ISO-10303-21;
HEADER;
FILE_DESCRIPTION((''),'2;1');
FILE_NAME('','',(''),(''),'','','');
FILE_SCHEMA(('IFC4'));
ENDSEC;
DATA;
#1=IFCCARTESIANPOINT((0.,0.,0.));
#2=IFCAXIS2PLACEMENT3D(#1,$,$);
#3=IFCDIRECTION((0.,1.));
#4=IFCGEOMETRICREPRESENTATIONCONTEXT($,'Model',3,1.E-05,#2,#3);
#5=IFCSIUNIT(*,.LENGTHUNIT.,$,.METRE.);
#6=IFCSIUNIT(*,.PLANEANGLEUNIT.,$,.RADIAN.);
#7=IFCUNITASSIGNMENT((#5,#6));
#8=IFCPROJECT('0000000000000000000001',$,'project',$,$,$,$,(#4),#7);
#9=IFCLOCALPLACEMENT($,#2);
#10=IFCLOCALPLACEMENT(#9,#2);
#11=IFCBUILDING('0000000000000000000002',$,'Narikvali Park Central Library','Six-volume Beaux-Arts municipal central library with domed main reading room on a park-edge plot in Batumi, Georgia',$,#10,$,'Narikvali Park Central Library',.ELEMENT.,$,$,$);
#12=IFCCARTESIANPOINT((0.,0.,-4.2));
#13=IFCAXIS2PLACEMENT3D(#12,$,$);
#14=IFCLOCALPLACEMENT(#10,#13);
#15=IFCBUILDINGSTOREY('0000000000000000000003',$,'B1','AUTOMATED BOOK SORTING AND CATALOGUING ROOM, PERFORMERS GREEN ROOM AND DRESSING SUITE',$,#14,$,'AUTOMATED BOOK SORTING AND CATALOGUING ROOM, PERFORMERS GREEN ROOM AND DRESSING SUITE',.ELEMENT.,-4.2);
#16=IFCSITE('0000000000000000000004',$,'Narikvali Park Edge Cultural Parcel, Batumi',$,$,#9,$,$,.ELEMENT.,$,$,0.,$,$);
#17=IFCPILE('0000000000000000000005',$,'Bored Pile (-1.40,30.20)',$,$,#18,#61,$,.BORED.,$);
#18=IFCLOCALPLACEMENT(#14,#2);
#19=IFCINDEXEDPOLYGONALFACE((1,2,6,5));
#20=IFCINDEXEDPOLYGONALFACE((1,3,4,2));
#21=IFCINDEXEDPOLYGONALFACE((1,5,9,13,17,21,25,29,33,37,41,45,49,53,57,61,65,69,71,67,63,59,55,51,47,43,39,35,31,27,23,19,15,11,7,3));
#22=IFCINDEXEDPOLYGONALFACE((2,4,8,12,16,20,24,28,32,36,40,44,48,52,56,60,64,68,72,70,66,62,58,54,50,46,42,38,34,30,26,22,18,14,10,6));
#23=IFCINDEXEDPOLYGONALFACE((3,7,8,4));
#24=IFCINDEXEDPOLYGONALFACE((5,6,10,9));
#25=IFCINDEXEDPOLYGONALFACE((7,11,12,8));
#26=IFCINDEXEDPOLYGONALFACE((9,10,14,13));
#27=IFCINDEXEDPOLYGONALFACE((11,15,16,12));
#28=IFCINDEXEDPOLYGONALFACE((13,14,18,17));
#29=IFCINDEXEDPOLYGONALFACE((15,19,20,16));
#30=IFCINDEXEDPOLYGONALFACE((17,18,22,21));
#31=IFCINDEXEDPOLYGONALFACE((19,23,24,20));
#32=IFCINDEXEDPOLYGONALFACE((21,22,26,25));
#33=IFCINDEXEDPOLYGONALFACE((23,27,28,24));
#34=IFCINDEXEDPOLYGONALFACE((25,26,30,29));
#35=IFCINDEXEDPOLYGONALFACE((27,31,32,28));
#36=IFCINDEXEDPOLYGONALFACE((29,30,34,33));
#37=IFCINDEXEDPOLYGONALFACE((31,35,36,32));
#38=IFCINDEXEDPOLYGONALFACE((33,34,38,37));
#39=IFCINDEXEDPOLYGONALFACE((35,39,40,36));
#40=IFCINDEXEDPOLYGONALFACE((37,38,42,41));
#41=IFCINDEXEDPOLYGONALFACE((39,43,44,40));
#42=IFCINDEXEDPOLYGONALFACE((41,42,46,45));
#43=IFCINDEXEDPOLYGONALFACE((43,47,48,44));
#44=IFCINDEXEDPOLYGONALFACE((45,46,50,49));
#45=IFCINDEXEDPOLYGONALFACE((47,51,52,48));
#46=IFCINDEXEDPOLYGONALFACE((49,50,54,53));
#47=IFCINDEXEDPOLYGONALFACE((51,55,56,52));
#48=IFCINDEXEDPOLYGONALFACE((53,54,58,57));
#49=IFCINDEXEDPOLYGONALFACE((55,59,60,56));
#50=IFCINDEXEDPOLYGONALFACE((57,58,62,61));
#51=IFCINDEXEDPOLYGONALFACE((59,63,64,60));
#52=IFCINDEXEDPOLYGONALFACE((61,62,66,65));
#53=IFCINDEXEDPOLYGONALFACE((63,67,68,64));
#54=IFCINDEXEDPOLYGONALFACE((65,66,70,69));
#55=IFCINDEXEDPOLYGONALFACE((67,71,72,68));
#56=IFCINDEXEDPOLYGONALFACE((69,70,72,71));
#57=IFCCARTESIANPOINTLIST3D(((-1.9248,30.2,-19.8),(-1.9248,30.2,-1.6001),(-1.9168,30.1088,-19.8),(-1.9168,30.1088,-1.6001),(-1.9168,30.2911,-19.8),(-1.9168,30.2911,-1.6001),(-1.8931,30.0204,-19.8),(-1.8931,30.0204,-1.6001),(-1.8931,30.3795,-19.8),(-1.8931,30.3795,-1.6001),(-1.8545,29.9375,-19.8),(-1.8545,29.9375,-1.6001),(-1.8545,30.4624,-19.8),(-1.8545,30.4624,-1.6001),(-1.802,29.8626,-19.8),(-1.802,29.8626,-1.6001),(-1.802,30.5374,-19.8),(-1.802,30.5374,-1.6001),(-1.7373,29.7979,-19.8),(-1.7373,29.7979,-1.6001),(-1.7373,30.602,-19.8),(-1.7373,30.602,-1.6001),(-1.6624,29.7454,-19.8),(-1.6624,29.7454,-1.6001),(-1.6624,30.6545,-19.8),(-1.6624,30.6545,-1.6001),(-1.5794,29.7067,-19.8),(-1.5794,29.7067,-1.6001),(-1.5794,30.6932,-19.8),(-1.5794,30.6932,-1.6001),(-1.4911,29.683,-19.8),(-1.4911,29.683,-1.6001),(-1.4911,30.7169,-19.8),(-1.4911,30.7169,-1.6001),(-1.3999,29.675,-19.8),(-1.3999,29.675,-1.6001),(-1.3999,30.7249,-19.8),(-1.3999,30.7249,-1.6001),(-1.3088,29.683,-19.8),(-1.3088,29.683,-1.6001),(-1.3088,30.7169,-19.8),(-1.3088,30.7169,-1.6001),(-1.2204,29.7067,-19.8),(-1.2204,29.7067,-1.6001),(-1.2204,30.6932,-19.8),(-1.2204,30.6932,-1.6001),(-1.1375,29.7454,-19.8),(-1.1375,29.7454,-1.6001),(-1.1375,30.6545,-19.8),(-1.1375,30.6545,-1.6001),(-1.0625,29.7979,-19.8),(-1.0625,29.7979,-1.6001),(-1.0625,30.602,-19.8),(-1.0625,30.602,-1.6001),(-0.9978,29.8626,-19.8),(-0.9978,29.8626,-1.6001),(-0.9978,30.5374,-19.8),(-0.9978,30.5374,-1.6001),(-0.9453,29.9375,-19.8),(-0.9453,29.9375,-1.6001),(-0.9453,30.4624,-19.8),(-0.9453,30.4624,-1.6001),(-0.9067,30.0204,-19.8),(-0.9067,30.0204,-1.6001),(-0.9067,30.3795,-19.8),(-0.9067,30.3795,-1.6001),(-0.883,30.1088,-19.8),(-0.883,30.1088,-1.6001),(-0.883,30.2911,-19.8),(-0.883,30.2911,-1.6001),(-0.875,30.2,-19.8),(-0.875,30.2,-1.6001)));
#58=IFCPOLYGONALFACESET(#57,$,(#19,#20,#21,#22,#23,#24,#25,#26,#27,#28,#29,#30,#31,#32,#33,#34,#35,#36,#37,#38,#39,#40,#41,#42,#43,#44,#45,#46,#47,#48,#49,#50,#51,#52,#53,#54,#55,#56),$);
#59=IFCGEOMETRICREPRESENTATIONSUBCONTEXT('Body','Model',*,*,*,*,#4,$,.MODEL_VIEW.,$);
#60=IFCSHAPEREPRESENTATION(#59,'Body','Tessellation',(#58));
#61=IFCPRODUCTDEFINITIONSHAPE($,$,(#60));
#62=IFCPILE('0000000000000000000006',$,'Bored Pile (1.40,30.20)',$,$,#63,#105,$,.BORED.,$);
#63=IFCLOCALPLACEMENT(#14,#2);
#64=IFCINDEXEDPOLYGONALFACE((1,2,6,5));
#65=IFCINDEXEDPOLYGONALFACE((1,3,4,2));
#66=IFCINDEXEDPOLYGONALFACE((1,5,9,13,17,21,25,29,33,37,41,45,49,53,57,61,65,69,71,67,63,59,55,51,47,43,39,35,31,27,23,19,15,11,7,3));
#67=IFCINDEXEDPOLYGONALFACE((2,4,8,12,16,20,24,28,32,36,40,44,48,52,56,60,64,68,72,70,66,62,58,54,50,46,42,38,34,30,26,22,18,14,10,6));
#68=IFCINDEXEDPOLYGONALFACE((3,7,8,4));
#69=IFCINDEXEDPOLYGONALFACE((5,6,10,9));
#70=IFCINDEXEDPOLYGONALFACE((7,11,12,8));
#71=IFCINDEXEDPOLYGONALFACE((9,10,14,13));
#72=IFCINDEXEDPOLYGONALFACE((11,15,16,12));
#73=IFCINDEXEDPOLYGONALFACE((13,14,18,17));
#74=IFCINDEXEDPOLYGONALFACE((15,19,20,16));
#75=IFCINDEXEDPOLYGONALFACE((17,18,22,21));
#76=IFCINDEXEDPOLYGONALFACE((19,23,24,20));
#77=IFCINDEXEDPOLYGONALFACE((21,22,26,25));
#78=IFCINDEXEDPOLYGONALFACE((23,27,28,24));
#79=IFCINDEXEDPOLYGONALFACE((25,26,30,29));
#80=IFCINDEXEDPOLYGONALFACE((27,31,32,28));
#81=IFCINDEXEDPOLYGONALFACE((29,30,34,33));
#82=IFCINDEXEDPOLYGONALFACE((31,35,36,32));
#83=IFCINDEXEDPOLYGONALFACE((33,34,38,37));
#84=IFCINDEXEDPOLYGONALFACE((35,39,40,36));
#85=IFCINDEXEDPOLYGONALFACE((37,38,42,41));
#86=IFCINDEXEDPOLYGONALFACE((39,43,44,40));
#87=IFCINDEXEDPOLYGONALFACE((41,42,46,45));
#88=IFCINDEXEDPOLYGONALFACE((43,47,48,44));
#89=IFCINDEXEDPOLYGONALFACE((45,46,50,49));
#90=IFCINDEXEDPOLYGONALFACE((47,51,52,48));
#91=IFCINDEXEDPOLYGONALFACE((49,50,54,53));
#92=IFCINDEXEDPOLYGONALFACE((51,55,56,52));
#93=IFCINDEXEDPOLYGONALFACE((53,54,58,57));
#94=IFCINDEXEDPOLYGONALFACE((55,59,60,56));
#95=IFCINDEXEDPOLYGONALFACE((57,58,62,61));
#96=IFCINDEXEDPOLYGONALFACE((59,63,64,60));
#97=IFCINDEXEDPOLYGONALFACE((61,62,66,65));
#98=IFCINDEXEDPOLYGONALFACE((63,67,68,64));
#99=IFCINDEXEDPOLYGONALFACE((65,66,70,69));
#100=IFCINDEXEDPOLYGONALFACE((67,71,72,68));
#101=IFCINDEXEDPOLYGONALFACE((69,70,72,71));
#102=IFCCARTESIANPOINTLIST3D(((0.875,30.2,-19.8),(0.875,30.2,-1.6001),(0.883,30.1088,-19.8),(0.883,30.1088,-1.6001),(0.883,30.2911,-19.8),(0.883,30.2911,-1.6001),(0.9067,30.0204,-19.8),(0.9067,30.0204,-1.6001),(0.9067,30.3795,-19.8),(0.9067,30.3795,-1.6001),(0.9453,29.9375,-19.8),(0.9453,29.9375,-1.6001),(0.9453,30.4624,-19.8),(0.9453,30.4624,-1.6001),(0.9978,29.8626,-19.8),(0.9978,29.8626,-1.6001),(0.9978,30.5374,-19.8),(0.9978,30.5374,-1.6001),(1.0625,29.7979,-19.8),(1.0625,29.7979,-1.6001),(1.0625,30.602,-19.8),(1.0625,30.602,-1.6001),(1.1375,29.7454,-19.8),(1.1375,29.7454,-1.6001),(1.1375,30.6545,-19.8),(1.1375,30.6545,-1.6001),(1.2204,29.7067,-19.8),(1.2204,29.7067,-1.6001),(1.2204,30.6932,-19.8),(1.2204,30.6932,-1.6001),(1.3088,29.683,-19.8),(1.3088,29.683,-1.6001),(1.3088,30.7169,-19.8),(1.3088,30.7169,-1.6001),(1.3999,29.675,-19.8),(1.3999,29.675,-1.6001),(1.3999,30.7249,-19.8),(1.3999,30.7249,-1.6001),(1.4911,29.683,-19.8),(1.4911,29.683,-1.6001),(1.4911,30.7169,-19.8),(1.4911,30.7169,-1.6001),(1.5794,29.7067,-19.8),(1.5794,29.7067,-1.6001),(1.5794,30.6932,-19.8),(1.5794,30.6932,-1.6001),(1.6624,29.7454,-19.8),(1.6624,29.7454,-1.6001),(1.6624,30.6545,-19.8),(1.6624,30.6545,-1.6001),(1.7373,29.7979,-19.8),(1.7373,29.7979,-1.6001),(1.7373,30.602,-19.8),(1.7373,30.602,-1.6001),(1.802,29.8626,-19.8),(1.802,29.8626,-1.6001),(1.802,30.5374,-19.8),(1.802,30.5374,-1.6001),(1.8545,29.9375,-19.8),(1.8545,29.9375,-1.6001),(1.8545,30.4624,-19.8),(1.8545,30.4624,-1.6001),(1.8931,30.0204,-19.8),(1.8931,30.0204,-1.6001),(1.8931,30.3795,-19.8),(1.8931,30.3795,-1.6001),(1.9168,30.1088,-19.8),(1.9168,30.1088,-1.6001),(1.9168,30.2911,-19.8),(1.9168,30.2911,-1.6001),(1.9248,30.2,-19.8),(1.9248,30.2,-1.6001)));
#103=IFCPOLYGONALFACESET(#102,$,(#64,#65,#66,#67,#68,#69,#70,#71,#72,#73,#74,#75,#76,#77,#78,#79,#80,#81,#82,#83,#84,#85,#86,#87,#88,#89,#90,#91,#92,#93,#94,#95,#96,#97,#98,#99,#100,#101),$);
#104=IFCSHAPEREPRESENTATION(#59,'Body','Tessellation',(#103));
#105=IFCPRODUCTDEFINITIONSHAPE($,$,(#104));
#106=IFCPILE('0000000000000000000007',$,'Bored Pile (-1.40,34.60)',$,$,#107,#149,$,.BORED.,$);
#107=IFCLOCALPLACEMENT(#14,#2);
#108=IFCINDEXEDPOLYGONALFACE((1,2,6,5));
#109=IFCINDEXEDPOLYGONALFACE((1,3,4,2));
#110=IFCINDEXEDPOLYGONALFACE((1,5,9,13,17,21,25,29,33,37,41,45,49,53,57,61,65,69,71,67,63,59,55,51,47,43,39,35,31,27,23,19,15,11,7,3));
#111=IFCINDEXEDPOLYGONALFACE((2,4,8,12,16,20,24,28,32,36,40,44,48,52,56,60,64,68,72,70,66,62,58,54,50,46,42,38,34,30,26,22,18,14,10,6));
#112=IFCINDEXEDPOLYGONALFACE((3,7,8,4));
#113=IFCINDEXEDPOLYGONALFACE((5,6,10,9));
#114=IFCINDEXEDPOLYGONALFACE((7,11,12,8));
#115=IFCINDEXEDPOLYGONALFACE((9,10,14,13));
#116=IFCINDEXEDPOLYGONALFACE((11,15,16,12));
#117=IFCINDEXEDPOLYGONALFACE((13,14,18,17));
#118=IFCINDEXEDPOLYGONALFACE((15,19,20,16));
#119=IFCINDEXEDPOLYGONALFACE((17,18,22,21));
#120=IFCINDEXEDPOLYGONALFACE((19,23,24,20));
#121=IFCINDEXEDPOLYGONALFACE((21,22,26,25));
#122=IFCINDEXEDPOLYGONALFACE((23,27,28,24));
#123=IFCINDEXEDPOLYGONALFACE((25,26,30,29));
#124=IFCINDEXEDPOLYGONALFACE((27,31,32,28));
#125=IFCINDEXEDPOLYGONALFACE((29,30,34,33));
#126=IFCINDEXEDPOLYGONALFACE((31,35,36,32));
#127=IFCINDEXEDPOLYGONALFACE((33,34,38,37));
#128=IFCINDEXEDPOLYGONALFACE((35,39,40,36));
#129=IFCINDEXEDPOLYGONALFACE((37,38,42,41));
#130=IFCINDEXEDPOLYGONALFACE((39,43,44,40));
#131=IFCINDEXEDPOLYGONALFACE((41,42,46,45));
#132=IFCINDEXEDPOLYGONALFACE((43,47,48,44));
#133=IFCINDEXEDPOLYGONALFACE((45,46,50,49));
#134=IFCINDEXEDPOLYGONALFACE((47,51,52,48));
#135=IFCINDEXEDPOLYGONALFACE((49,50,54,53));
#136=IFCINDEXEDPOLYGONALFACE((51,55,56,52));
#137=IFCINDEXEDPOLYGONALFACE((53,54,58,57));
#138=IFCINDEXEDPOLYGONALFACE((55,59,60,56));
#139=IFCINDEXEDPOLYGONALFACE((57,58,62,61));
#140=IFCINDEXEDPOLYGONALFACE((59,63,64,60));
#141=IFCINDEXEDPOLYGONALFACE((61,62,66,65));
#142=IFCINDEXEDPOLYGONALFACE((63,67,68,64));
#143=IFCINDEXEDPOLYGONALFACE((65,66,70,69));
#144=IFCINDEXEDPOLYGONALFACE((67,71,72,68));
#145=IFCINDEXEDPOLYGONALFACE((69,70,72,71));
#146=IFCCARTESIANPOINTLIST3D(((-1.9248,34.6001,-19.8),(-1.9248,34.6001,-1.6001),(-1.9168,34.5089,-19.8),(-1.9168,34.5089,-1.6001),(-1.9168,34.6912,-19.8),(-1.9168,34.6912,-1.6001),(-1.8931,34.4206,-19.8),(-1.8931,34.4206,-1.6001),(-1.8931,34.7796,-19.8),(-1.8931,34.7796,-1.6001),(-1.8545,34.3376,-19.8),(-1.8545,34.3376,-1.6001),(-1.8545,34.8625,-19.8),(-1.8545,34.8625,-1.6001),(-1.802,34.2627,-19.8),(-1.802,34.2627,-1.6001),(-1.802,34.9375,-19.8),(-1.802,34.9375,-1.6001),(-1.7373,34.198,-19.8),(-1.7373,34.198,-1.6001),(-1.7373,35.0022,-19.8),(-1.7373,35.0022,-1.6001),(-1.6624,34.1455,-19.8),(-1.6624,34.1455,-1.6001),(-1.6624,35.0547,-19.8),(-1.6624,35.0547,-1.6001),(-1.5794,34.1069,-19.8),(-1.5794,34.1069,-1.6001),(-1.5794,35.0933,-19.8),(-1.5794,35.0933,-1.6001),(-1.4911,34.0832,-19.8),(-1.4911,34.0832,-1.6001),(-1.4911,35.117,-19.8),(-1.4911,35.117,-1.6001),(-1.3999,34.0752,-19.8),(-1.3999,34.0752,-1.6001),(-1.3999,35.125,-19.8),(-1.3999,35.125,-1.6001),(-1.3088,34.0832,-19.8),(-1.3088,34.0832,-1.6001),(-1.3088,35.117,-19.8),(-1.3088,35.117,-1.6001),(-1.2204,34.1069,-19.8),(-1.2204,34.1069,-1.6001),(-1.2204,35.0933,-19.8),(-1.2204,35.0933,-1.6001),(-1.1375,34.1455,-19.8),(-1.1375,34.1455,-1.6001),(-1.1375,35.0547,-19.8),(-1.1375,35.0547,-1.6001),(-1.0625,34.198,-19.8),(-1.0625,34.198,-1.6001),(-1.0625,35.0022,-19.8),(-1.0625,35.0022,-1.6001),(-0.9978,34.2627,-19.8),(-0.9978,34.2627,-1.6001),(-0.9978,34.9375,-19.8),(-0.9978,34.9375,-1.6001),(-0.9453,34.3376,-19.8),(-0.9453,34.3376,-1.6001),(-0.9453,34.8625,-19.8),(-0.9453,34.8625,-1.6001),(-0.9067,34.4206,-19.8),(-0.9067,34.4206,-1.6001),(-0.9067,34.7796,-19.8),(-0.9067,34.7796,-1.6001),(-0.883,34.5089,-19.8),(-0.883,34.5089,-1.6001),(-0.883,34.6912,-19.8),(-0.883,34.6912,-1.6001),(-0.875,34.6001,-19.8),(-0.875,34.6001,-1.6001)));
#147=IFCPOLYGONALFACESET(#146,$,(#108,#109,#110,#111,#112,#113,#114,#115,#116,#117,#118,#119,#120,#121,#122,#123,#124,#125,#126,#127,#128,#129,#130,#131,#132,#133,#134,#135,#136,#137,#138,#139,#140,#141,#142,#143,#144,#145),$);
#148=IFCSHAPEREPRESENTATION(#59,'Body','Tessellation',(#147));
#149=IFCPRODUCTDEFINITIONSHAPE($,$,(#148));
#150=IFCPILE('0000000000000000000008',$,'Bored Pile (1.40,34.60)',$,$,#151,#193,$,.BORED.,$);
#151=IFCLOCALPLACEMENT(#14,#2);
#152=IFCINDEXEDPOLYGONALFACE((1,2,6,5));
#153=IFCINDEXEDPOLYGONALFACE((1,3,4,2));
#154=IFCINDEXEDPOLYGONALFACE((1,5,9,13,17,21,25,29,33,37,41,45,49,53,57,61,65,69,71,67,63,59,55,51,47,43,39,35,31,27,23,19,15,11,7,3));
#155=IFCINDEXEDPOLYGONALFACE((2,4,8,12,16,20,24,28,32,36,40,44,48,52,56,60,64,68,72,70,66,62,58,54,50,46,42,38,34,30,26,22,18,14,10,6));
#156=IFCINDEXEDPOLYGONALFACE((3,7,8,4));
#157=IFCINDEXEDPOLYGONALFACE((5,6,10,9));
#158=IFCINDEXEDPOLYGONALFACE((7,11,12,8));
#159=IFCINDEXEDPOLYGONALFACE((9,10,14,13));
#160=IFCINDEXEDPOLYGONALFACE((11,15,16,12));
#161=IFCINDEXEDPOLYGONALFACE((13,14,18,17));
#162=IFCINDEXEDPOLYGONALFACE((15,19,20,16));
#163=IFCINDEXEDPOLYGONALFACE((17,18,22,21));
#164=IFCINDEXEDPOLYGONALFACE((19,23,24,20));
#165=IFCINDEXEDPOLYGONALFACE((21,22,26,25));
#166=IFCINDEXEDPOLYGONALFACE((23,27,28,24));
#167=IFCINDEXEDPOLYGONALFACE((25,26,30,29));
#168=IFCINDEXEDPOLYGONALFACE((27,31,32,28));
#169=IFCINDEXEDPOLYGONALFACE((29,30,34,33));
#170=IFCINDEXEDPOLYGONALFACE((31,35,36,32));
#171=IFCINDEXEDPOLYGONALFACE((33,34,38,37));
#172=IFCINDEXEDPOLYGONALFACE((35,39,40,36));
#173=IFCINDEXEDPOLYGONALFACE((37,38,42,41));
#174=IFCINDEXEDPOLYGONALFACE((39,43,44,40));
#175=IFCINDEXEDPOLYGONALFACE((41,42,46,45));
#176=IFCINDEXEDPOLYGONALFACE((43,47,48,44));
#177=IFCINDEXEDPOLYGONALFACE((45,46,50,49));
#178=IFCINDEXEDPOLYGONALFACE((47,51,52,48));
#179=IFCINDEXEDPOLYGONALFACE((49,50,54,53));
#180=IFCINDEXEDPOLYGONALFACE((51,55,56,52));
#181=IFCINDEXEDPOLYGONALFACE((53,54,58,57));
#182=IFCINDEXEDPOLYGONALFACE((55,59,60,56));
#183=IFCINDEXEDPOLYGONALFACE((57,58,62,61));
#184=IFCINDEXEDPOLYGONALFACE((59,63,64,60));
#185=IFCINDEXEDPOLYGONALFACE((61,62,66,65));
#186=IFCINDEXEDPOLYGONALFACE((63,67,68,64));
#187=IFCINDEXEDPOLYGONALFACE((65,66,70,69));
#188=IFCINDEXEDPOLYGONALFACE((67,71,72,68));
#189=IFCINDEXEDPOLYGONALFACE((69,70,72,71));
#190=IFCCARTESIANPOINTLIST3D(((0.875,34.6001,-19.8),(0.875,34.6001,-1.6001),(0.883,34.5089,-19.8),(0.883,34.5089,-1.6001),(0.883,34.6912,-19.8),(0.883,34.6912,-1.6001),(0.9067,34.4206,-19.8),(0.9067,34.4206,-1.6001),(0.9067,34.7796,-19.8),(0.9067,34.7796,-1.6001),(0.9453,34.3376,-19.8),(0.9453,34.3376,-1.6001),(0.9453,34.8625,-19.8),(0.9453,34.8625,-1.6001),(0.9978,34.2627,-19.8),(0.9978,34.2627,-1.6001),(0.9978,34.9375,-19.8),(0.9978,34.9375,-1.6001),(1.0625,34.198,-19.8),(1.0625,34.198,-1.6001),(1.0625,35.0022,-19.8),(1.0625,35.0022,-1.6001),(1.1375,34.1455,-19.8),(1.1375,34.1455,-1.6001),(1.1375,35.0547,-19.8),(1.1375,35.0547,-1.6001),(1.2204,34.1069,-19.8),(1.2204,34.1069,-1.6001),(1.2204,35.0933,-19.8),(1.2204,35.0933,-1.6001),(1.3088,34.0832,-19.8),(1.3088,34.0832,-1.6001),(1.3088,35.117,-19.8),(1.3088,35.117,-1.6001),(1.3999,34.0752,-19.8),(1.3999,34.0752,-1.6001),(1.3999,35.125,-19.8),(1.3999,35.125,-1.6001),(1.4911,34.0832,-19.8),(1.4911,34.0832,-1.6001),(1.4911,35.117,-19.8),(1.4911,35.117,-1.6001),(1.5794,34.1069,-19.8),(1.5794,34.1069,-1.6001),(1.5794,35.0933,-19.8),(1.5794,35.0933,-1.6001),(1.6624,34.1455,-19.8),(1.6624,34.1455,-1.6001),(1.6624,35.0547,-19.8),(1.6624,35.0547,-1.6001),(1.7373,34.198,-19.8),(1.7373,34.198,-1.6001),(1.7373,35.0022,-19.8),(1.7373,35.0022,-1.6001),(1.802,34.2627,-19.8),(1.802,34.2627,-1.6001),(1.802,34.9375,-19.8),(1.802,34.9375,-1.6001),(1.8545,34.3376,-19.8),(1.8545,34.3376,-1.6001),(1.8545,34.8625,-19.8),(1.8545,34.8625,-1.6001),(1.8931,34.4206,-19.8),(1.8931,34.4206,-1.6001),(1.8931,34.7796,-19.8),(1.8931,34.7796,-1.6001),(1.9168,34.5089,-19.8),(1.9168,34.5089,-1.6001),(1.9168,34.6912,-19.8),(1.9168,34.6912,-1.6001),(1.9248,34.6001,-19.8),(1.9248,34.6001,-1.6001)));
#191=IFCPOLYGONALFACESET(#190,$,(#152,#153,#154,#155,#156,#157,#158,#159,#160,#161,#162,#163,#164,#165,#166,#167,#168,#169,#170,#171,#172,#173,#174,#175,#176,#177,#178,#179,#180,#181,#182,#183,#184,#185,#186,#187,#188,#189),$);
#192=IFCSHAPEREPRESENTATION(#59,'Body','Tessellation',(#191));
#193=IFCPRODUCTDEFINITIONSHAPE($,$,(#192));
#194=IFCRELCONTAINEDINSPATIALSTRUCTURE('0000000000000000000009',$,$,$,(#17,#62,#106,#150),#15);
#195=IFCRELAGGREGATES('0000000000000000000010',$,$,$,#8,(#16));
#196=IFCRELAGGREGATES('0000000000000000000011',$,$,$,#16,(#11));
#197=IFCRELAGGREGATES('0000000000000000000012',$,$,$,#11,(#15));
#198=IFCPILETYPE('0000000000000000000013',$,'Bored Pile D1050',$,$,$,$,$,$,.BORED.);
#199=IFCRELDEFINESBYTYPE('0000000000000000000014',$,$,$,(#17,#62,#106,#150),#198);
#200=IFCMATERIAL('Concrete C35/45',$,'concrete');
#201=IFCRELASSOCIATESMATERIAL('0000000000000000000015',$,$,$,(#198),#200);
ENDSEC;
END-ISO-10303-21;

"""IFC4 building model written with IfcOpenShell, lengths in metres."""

from ifc_helpers import new_model, si_unit, direction, frame, origin, origin_2d, place, context, subcontext, project, spatial, circle, extrude, material, material_profile, profile_set, type_object, element, save


model = new_model("IFC4")

# Units and contexts
model_context = context("Model", 3, precision=1e-05, world=origin(), true_north=direction((0.0, 1.0)))
body_context = subcontext(model_context, "Body", "Model", "MODEL_VIEW")
ifc_project = project(units=[si_unit("LENGTHUNIT", "METRE"), si_unit("PLANEANGLEUNIT", "RADIAN")], contexts=[model_context])

# Site, building, storey
site_placement = place(None, origin())
site = spatial("IfcSite", under=ifc_project, at=site_placement, Name="Narikvali Park Edge Cultural Parcel, Batumi", CompositionType="ELEMENT", RefElevation=0.0)
building_placement = place(site_placement, origin())
building = spatial("IfcBuilding", under=site, at=building_placement, Name="Narikvali Park Central Library", Description="Six-volume Beaux-Arts municipal central library with domed main reading room on a park-edge plot in Batumi, Georgia", LongName="Narikvali Park Central Library", CompositionType="ELEMENT")
storey_placement = place(building_placement, frame((0.0, 0.0, -4.2)))
storey = spatial("IfcBuildingStorey", under=building, at=storey_placement, Name="B1", Description="AUTOMATED BOOK SORTING AND CATALOGUING ROOM, PERFORMERS GREEN ROOM AND DRESSING SUITE", LongName="AUTOMATED BOOK SORTING AND CATALOGUING ROOM, PERFORMERS GREEN ROOM AND DRESSING SUITE", CompositionType="ELEMENT", Elevation=-4.2)

# Piles
ifc_material_1 = material(Name="Concrete C35/45", Category="concrete")
ifc_material_profile_1 = material_profile(ifc_material_1, circle(Radius=0.5249, at=origin_2d()), Name="PILE D1050")
ifc_profile_set_1 = profile_set([ifc_material_profile_1], Name="Concrete C35/45")
pile_type = type_object("IfcPileType", Name="Bored Pile D1050", PredefinedType="BORED", material=ifc_profile_set_1)
for number, where, z_axis, x_axis, name in (
    (1, (-1.3999, 30.2, -1.6001), (0.0, 0.0, -1.0), (1.0, 0.0, 0.0), "Bored Pile (-1.40,30.20)"),
    (2, (1.3999, 30.2, -1.6001), (0.0, 0.0, -1.0), (1.0, 0.0, 0.0), "Bored Pile (1.40,30.20)"),
    (3, (-1.3999, 34.6001, -1.6001), (0.0, 0.0, -1.0), (1.0, 0.0, 0.0), "Bored Pile (-1.40,34.60)"),
    (4, (1.3999, 34.6001, -1.6001), (0.0, 0.0, -1.0), (1.0, 0.0, 0.0), "Bored Pile (1.40,34.60)"),
):
    element("IfcPile", number, at=place(storey_placement, frame(where, z_axis=z_axis, x_axis=x_axis)), inside=storey, type_object=pile_type, Name=name, PredefinedType="BORED", context=body_context, shape_type="SweptSolid", body=[
        extrude(circle(Radius=0.5249, at=origin_2d()), origin(), (0.0, 0.0, 1.0), 18.2),
    ])

save(model, "model.ifc")
